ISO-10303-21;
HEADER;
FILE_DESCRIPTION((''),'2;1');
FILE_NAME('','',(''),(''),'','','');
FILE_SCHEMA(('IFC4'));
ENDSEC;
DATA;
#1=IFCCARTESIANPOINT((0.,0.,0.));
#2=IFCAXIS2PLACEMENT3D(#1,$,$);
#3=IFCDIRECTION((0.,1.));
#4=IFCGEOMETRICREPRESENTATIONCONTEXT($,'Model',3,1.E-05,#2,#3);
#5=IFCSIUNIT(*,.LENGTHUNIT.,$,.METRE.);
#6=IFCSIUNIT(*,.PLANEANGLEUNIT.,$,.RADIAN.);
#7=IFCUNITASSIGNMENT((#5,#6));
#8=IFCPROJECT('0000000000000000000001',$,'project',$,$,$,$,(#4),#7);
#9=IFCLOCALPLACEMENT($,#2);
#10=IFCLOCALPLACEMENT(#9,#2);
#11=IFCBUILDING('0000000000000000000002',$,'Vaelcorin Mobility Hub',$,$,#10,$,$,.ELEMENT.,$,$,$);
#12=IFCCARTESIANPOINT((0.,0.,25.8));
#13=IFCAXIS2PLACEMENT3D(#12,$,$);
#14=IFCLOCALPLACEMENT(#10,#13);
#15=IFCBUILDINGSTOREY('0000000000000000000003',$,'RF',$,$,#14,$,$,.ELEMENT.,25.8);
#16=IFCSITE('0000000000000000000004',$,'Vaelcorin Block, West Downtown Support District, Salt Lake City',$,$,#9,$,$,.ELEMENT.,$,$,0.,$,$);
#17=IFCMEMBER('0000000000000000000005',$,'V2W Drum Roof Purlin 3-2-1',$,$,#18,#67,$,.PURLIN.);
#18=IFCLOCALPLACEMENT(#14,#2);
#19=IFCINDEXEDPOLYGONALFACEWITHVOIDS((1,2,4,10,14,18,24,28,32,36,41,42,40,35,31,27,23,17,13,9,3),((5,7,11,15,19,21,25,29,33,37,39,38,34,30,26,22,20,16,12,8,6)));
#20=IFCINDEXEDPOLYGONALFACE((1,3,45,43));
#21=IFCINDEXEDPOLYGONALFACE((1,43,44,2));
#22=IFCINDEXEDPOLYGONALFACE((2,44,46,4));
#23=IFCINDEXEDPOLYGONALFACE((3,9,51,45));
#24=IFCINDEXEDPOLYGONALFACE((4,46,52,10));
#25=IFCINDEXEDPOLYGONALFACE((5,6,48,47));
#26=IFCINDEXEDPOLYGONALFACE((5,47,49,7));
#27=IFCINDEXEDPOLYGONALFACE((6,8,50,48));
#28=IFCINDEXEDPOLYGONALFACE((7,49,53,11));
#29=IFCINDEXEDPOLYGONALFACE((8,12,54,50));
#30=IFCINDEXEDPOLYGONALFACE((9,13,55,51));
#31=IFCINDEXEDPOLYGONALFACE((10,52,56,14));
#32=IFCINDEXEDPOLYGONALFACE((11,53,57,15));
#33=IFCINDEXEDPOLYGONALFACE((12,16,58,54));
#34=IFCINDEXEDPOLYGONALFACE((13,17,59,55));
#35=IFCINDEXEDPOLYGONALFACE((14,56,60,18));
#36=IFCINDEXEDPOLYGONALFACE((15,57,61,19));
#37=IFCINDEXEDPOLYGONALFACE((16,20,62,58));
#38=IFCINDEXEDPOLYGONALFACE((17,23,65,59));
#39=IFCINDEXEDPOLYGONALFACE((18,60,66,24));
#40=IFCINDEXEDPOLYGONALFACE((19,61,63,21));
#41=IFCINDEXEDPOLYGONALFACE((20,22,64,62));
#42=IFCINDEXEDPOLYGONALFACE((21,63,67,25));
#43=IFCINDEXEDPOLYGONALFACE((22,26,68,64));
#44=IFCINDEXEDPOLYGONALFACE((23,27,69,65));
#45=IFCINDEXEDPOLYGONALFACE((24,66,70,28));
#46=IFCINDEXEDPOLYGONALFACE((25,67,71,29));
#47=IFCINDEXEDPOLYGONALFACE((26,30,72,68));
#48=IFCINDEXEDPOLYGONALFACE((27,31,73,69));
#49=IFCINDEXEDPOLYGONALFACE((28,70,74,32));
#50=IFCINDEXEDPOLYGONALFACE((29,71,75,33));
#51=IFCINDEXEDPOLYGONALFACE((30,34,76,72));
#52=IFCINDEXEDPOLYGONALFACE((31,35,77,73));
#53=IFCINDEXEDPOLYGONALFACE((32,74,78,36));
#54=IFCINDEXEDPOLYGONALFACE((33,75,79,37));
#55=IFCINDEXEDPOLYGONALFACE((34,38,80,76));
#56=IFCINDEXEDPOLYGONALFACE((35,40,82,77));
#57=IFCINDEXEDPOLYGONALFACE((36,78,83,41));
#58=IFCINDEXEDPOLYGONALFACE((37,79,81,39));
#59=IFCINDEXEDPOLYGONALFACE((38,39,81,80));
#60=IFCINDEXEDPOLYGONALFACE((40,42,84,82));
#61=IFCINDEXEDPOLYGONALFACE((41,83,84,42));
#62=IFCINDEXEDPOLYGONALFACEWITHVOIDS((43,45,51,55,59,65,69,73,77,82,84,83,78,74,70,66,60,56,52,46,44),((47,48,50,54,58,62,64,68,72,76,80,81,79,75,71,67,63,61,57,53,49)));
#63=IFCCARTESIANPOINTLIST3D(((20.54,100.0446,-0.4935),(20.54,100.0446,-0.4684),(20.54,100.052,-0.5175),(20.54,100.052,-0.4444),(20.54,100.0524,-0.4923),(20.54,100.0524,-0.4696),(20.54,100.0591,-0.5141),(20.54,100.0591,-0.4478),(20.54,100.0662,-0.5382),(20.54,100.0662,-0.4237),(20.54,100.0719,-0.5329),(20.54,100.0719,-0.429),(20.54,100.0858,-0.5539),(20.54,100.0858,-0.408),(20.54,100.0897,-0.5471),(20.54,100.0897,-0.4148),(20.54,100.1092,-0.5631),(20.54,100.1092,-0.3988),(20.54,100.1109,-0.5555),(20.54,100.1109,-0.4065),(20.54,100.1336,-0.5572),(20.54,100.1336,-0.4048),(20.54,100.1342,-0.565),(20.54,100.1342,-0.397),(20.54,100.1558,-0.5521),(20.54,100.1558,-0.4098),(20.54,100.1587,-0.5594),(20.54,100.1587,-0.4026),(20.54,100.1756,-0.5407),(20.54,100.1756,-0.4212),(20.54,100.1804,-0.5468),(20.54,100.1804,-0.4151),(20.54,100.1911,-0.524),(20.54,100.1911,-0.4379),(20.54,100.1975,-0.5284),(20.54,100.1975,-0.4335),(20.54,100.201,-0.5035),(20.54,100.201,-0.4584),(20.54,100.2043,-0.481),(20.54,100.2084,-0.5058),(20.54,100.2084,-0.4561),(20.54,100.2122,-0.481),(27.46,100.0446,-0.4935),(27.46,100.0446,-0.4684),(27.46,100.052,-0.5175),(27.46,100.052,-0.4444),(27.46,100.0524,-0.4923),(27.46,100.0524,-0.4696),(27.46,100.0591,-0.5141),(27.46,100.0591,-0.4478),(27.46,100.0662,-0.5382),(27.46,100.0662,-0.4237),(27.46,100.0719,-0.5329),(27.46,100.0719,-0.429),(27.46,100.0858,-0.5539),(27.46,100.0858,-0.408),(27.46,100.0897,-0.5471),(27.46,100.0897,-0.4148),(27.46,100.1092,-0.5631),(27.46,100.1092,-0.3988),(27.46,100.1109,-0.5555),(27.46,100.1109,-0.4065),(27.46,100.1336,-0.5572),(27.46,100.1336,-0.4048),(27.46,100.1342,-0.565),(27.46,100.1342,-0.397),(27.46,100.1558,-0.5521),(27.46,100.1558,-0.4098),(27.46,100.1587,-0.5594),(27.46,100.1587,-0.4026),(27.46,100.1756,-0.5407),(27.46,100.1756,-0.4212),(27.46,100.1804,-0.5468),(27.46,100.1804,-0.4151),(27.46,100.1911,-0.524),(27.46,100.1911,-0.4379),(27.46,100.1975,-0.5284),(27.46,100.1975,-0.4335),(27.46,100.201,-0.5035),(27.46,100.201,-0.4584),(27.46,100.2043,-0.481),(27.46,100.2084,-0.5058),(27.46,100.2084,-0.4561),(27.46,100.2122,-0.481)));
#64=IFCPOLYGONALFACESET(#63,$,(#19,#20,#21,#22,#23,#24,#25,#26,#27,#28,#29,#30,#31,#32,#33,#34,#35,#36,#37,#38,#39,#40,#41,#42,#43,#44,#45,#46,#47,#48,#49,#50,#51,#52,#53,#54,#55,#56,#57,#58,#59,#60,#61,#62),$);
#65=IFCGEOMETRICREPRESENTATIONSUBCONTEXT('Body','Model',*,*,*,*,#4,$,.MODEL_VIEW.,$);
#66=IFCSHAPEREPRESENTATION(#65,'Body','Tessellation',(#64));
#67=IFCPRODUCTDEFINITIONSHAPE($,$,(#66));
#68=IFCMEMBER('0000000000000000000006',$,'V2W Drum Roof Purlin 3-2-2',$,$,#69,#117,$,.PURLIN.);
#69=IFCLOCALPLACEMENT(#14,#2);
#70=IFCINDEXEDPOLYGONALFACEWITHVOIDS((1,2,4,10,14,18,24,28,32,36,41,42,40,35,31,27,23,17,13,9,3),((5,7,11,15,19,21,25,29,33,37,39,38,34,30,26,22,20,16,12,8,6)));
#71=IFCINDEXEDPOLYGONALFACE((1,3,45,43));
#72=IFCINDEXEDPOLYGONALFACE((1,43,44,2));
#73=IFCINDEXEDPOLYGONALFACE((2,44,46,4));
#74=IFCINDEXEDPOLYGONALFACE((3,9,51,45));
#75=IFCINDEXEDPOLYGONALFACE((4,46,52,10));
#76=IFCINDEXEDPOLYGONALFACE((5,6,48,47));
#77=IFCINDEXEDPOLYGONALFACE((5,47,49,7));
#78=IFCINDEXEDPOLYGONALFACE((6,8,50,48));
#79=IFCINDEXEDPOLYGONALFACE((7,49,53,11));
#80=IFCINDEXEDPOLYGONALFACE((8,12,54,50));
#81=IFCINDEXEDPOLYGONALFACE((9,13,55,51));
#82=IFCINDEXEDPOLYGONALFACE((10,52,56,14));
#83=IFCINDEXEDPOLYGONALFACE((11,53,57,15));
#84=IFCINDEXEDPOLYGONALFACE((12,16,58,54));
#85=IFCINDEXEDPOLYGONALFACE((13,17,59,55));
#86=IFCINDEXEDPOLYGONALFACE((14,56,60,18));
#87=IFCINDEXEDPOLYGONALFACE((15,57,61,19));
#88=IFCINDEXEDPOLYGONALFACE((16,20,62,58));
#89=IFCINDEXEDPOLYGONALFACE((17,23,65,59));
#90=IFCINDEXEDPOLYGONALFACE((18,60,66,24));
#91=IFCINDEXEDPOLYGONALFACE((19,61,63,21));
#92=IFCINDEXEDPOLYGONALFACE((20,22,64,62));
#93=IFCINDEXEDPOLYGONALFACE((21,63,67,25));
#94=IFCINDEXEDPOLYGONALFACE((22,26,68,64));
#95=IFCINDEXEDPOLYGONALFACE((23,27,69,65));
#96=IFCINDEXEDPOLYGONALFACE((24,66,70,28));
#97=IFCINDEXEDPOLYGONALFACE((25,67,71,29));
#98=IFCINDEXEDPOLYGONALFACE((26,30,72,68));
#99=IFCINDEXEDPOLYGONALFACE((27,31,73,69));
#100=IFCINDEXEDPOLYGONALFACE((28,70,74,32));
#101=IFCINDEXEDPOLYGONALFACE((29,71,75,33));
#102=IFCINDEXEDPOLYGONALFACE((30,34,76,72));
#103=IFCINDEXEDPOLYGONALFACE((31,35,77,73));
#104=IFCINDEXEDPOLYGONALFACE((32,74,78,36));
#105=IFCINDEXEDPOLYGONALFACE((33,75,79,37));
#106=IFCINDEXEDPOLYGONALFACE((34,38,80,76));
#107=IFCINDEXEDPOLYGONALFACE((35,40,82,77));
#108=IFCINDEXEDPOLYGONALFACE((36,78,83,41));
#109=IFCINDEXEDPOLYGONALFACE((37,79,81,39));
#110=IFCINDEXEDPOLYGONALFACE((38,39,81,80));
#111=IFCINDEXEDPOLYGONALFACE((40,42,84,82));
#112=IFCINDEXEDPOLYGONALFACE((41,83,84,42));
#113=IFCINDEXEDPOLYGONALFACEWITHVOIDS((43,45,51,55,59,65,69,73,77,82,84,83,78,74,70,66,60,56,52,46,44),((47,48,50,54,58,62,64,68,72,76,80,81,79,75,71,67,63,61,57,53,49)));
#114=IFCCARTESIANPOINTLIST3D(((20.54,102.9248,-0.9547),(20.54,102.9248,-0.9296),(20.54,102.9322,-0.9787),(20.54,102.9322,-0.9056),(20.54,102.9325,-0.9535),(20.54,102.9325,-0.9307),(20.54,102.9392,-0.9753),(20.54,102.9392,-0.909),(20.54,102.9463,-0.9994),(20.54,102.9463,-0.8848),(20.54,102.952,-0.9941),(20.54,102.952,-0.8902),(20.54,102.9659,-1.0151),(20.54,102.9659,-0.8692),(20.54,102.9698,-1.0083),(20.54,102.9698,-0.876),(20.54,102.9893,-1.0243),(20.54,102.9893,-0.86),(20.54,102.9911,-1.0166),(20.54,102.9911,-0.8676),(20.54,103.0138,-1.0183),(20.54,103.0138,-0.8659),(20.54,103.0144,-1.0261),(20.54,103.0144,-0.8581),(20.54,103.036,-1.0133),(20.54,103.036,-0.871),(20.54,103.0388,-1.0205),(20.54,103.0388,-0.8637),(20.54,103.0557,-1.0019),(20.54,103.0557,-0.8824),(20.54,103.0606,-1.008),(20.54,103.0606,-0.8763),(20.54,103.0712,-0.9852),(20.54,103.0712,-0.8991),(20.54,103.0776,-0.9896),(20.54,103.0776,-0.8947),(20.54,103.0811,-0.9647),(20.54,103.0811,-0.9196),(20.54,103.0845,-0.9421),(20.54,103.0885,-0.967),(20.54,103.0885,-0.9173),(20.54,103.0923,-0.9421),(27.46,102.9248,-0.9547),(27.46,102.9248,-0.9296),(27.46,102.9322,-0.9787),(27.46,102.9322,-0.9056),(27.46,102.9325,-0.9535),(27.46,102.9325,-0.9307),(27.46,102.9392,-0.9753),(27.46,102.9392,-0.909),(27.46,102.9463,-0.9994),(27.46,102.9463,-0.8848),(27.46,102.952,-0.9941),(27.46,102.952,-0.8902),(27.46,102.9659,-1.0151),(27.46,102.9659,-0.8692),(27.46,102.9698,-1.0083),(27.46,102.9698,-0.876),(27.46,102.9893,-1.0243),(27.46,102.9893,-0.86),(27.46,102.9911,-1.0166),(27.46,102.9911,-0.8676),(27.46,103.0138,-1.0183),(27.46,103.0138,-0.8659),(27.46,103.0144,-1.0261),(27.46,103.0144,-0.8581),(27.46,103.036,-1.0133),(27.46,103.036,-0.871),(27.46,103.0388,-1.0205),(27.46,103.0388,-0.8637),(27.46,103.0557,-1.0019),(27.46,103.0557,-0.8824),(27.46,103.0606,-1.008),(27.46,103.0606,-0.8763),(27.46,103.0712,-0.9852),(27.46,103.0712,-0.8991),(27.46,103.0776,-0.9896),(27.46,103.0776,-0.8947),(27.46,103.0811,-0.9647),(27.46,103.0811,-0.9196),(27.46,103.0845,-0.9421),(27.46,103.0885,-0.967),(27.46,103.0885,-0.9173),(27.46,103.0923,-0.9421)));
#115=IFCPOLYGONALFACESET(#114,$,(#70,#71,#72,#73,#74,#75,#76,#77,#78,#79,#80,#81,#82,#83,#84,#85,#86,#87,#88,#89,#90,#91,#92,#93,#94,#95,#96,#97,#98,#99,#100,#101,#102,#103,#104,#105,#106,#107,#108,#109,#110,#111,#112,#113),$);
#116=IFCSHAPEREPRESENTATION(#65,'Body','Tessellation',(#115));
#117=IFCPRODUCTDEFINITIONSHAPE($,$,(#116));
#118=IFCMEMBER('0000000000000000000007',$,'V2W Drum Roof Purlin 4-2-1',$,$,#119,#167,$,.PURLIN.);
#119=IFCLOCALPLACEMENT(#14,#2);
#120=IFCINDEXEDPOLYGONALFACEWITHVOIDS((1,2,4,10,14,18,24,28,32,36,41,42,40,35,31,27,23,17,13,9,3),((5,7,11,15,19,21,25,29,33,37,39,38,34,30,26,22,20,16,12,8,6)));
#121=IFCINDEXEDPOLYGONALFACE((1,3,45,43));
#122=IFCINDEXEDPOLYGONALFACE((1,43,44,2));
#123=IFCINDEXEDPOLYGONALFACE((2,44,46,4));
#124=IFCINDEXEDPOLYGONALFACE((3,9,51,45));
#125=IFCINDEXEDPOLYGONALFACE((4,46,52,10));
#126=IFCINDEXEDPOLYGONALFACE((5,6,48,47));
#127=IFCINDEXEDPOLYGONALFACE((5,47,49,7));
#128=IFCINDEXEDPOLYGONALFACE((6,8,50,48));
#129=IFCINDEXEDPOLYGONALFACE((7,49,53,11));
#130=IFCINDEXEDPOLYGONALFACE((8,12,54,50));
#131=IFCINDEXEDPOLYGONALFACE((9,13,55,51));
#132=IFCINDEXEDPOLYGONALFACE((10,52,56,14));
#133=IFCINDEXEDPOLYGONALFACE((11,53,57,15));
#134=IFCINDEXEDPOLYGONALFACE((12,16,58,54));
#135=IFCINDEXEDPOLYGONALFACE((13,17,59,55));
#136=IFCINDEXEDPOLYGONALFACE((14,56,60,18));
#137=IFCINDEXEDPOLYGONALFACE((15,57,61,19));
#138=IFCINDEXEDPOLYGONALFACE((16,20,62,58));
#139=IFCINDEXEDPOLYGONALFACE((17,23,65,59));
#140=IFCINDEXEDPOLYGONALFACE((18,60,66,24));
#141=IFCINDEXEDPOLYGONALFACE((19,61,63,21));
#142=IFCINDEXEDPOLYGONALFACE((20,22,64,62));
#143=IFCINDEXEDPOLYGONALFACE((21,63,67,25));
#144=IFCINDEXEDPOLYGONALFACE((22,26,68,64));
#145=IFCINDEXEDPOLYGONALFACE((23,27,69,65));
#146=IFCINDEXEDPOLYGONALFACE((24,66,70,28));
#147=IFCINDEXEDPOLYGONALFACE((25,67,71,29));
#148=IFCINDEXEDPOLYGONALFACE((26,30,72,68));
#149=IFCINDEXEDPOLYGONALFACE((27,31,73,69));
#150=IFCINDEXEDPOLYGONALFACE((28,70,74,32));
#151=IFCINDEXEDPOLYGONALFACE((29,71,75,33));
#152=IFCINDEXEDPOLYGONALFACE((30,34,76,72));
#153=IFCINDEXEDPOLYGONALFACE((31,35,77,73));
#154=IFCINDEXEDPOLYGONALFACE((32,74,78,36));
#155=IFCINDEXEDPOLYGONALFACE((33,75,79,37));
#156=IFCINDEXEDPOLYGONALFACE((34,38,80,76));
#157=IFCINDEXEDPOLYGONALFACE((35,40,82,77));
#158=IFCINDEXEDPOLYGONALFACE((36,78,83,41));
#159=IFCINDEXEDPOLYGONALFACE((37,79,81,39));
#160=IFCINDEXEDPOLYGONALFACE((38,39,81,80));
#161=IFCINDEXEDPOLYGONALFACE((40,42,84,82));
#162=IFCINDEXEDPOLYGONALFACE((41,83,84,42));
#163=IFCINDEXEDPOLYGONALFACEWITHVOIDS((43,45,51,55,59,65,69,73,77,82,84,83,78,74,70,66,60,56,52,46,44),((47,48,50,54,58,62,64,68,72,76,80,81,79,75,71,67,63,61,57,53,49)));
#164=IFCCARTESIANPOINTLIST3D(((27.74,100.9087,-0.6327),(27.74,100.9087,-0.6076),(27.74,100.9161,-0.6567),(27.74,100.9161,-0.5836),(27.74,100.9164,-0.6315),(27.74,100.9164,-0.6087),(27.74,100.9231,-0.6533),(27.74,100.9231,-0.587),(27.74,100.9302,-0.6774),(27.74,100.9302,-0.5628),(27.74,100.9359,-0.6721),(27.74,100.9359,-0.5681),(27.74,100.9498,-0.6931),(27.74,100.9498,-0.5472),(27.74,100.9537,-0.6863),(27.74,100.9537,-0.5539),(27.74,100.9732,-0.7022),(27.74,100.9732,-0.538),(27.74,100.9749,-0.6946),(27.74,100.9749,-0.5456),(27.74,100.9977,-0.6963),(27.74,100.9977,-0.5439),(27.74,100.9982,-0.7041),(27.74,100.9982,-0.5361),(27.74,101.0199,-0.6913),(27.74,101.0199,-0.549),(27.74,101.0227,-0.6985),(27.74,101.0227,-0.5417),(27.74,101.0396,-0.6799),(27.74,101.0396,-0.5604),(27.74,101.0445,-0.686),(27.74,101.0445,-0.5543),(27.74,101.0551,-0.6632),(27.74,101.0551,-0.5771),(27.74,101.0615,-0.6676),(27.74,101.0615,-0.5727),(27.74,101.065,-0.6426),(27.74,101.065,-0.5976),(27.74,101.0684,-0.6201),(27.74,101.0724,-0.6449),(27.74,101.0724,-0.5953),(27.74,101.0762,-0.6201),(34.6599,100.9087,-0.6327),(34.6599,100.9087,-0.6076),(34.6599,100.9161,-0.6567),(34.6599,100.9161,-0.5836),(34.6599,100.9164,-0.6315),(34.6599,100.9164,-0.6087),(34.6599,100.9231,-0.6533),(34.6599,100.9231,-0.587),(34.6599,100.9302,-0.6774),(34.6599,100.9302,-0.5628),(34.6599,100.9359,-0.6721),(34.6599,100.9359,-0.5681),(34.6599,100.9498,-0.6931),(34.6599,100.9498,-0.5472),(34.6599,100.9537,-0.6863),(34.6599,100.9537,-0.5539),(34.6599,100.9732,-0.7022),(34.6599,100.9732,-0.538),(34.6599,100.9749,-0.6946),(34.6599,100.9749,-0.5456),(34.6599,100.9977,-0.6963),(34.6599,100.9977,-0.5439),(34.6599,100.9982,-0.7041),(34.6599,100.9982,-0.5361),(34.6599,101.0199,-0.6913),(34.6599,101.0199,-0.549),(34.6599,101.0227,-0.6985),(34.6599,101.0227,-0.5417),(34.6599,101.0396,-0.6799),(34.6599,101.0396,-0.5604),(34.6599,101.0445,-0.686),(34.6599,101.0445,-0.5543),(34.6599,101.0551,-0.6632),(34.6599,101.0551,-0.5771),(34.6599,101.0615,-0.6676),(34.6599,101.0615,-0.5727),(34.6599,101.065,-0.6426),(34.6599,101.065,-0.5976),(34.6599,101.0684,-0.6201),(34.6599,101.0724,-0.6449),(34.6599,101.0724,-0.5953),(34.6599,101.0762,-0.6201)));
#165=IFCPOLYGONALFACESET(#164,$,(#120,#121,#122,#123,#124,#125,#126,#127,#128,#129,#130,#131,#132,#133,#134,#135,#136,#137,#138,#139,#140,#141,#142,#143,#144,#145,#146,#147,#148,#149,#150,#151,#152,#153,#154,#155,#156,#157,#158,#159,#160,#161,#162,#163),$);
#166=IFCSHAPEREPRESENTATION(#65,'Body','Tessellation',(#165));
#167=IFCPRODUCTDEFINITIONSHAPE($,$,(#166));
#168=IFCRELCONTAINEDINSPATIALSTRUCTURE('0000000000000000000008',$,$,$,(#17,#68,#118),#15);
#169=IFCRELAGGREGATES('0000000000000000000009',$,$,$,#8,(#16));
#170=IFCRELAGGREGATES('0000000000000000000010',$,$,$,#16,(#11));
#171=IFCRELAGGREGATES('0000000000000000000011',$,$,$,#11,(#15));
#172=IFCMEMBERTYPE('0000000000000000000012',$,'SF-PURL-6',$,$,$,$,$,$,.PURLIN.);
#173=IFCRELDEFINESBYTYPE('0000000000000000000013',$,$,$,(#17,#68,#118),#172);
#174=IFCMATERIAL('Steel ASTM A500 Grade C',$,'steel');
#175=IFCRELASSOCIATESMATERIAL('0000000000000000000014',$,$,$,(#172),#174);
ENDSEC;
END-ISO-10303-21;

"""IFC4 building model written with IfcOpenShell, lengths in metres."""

from ifc_helpers import new_model, si_unit, direction, frame, origin, origin_2d, place, context, subcontext, project, spatial, hollow_circle, extrude, material, material_profile, profile_set, type_object, element, save


model = new_model("IFC4")

# Units and contexts
model_context = context("Model", 3, precision=1e-05, world=origin(), true_north=direction((0.0, 1.0)))
body_context = subcontext(model_context, "Body", "Model", "MODEL_VIEW")
ifc_project = project(units=[si_unit("LENGTHUNIT", "METRE"), si_unit("PLANEANGLEUNIT", "RADIAN")], contexts=[model_context])

# Site, building, storey
site_placement = place(None, origin())
site = spatial("IfcSite", under=ifc_project, at=site_placement, Name="Vaelcorin Block, West Downtown Support District, Salt Lake City", CompositionType="ELEMENT", RefElevation=0.0)
building_placement = place(site_placement, origin())
building = spatial("IfcBuilding", under=site, at=building_placement, Name="Vaelcorin Mobility Hub", CompositionType="ELEMENT")
storey_placement = place(building_placement, frame((0.0, 0.0, 25.8)))
storey = spatial("IfcBuildingStorey", under=building, at=storey_placement, Name="RF", CompositionType="ELEMENT", Elevation=25.8)

# Members
ifc_material_1 = material(Name="Steel ASTM A500 Grade C", Category="steel")
ifc_material_profile_1 = material_profile(ifc_material_1, hollow_circle(Radius=0.0842, WallThickness=0.0078, at=origin_2d()), Name="HSS6.625X0.312")
ifc_profile_set_1 = profile_set([ifc_material_profile_1], Name="Steel ASTM A500 Grade C")
member_type_1 = type_object("IfcMemberType", Name="SF-PURL-6", PredefinedType="PURLIN", material=ifc_profile_set_1)
for number, where, z_axis, x_axis, name in (
    (1, (20.54, 100.1279, -0.481), (1.0, 0.0, 0.0), (0.0, 1.0, 0.0), "V2W Drum Roof Purlin 3-2-1"),
    (2, (20.54, 103.0081, -0.9421), (1.0, 0.0, 0.0), (0.0, 1.0, 0.0), "V2W Drum Roof Purlin 3-2-2"),
    (3, (27.74, 100.9919, -0.6201), (1.0, 0.0, 0.0), (0.0, 1.0, 0.0), "V2W Drum Roof Purlin 4-2-1"),
):
    element("IfcMember", number, at=place(storey_placement, frame(where, z_axis=z_axis, x_axis=x_axis)), inside=storey, type_object=member_type_1, Name=name, PredefinedType="PURLIN", context=body_context, shape_type="SweptSolid", body=[
        extrude(hollow_circle(Radius=0.0842, WallThickness=0.0078, at=origin_2d()), origin(), (0.0, 0.0, 1.0), 6.9199),
    ])

save(model, "model.ifc")
